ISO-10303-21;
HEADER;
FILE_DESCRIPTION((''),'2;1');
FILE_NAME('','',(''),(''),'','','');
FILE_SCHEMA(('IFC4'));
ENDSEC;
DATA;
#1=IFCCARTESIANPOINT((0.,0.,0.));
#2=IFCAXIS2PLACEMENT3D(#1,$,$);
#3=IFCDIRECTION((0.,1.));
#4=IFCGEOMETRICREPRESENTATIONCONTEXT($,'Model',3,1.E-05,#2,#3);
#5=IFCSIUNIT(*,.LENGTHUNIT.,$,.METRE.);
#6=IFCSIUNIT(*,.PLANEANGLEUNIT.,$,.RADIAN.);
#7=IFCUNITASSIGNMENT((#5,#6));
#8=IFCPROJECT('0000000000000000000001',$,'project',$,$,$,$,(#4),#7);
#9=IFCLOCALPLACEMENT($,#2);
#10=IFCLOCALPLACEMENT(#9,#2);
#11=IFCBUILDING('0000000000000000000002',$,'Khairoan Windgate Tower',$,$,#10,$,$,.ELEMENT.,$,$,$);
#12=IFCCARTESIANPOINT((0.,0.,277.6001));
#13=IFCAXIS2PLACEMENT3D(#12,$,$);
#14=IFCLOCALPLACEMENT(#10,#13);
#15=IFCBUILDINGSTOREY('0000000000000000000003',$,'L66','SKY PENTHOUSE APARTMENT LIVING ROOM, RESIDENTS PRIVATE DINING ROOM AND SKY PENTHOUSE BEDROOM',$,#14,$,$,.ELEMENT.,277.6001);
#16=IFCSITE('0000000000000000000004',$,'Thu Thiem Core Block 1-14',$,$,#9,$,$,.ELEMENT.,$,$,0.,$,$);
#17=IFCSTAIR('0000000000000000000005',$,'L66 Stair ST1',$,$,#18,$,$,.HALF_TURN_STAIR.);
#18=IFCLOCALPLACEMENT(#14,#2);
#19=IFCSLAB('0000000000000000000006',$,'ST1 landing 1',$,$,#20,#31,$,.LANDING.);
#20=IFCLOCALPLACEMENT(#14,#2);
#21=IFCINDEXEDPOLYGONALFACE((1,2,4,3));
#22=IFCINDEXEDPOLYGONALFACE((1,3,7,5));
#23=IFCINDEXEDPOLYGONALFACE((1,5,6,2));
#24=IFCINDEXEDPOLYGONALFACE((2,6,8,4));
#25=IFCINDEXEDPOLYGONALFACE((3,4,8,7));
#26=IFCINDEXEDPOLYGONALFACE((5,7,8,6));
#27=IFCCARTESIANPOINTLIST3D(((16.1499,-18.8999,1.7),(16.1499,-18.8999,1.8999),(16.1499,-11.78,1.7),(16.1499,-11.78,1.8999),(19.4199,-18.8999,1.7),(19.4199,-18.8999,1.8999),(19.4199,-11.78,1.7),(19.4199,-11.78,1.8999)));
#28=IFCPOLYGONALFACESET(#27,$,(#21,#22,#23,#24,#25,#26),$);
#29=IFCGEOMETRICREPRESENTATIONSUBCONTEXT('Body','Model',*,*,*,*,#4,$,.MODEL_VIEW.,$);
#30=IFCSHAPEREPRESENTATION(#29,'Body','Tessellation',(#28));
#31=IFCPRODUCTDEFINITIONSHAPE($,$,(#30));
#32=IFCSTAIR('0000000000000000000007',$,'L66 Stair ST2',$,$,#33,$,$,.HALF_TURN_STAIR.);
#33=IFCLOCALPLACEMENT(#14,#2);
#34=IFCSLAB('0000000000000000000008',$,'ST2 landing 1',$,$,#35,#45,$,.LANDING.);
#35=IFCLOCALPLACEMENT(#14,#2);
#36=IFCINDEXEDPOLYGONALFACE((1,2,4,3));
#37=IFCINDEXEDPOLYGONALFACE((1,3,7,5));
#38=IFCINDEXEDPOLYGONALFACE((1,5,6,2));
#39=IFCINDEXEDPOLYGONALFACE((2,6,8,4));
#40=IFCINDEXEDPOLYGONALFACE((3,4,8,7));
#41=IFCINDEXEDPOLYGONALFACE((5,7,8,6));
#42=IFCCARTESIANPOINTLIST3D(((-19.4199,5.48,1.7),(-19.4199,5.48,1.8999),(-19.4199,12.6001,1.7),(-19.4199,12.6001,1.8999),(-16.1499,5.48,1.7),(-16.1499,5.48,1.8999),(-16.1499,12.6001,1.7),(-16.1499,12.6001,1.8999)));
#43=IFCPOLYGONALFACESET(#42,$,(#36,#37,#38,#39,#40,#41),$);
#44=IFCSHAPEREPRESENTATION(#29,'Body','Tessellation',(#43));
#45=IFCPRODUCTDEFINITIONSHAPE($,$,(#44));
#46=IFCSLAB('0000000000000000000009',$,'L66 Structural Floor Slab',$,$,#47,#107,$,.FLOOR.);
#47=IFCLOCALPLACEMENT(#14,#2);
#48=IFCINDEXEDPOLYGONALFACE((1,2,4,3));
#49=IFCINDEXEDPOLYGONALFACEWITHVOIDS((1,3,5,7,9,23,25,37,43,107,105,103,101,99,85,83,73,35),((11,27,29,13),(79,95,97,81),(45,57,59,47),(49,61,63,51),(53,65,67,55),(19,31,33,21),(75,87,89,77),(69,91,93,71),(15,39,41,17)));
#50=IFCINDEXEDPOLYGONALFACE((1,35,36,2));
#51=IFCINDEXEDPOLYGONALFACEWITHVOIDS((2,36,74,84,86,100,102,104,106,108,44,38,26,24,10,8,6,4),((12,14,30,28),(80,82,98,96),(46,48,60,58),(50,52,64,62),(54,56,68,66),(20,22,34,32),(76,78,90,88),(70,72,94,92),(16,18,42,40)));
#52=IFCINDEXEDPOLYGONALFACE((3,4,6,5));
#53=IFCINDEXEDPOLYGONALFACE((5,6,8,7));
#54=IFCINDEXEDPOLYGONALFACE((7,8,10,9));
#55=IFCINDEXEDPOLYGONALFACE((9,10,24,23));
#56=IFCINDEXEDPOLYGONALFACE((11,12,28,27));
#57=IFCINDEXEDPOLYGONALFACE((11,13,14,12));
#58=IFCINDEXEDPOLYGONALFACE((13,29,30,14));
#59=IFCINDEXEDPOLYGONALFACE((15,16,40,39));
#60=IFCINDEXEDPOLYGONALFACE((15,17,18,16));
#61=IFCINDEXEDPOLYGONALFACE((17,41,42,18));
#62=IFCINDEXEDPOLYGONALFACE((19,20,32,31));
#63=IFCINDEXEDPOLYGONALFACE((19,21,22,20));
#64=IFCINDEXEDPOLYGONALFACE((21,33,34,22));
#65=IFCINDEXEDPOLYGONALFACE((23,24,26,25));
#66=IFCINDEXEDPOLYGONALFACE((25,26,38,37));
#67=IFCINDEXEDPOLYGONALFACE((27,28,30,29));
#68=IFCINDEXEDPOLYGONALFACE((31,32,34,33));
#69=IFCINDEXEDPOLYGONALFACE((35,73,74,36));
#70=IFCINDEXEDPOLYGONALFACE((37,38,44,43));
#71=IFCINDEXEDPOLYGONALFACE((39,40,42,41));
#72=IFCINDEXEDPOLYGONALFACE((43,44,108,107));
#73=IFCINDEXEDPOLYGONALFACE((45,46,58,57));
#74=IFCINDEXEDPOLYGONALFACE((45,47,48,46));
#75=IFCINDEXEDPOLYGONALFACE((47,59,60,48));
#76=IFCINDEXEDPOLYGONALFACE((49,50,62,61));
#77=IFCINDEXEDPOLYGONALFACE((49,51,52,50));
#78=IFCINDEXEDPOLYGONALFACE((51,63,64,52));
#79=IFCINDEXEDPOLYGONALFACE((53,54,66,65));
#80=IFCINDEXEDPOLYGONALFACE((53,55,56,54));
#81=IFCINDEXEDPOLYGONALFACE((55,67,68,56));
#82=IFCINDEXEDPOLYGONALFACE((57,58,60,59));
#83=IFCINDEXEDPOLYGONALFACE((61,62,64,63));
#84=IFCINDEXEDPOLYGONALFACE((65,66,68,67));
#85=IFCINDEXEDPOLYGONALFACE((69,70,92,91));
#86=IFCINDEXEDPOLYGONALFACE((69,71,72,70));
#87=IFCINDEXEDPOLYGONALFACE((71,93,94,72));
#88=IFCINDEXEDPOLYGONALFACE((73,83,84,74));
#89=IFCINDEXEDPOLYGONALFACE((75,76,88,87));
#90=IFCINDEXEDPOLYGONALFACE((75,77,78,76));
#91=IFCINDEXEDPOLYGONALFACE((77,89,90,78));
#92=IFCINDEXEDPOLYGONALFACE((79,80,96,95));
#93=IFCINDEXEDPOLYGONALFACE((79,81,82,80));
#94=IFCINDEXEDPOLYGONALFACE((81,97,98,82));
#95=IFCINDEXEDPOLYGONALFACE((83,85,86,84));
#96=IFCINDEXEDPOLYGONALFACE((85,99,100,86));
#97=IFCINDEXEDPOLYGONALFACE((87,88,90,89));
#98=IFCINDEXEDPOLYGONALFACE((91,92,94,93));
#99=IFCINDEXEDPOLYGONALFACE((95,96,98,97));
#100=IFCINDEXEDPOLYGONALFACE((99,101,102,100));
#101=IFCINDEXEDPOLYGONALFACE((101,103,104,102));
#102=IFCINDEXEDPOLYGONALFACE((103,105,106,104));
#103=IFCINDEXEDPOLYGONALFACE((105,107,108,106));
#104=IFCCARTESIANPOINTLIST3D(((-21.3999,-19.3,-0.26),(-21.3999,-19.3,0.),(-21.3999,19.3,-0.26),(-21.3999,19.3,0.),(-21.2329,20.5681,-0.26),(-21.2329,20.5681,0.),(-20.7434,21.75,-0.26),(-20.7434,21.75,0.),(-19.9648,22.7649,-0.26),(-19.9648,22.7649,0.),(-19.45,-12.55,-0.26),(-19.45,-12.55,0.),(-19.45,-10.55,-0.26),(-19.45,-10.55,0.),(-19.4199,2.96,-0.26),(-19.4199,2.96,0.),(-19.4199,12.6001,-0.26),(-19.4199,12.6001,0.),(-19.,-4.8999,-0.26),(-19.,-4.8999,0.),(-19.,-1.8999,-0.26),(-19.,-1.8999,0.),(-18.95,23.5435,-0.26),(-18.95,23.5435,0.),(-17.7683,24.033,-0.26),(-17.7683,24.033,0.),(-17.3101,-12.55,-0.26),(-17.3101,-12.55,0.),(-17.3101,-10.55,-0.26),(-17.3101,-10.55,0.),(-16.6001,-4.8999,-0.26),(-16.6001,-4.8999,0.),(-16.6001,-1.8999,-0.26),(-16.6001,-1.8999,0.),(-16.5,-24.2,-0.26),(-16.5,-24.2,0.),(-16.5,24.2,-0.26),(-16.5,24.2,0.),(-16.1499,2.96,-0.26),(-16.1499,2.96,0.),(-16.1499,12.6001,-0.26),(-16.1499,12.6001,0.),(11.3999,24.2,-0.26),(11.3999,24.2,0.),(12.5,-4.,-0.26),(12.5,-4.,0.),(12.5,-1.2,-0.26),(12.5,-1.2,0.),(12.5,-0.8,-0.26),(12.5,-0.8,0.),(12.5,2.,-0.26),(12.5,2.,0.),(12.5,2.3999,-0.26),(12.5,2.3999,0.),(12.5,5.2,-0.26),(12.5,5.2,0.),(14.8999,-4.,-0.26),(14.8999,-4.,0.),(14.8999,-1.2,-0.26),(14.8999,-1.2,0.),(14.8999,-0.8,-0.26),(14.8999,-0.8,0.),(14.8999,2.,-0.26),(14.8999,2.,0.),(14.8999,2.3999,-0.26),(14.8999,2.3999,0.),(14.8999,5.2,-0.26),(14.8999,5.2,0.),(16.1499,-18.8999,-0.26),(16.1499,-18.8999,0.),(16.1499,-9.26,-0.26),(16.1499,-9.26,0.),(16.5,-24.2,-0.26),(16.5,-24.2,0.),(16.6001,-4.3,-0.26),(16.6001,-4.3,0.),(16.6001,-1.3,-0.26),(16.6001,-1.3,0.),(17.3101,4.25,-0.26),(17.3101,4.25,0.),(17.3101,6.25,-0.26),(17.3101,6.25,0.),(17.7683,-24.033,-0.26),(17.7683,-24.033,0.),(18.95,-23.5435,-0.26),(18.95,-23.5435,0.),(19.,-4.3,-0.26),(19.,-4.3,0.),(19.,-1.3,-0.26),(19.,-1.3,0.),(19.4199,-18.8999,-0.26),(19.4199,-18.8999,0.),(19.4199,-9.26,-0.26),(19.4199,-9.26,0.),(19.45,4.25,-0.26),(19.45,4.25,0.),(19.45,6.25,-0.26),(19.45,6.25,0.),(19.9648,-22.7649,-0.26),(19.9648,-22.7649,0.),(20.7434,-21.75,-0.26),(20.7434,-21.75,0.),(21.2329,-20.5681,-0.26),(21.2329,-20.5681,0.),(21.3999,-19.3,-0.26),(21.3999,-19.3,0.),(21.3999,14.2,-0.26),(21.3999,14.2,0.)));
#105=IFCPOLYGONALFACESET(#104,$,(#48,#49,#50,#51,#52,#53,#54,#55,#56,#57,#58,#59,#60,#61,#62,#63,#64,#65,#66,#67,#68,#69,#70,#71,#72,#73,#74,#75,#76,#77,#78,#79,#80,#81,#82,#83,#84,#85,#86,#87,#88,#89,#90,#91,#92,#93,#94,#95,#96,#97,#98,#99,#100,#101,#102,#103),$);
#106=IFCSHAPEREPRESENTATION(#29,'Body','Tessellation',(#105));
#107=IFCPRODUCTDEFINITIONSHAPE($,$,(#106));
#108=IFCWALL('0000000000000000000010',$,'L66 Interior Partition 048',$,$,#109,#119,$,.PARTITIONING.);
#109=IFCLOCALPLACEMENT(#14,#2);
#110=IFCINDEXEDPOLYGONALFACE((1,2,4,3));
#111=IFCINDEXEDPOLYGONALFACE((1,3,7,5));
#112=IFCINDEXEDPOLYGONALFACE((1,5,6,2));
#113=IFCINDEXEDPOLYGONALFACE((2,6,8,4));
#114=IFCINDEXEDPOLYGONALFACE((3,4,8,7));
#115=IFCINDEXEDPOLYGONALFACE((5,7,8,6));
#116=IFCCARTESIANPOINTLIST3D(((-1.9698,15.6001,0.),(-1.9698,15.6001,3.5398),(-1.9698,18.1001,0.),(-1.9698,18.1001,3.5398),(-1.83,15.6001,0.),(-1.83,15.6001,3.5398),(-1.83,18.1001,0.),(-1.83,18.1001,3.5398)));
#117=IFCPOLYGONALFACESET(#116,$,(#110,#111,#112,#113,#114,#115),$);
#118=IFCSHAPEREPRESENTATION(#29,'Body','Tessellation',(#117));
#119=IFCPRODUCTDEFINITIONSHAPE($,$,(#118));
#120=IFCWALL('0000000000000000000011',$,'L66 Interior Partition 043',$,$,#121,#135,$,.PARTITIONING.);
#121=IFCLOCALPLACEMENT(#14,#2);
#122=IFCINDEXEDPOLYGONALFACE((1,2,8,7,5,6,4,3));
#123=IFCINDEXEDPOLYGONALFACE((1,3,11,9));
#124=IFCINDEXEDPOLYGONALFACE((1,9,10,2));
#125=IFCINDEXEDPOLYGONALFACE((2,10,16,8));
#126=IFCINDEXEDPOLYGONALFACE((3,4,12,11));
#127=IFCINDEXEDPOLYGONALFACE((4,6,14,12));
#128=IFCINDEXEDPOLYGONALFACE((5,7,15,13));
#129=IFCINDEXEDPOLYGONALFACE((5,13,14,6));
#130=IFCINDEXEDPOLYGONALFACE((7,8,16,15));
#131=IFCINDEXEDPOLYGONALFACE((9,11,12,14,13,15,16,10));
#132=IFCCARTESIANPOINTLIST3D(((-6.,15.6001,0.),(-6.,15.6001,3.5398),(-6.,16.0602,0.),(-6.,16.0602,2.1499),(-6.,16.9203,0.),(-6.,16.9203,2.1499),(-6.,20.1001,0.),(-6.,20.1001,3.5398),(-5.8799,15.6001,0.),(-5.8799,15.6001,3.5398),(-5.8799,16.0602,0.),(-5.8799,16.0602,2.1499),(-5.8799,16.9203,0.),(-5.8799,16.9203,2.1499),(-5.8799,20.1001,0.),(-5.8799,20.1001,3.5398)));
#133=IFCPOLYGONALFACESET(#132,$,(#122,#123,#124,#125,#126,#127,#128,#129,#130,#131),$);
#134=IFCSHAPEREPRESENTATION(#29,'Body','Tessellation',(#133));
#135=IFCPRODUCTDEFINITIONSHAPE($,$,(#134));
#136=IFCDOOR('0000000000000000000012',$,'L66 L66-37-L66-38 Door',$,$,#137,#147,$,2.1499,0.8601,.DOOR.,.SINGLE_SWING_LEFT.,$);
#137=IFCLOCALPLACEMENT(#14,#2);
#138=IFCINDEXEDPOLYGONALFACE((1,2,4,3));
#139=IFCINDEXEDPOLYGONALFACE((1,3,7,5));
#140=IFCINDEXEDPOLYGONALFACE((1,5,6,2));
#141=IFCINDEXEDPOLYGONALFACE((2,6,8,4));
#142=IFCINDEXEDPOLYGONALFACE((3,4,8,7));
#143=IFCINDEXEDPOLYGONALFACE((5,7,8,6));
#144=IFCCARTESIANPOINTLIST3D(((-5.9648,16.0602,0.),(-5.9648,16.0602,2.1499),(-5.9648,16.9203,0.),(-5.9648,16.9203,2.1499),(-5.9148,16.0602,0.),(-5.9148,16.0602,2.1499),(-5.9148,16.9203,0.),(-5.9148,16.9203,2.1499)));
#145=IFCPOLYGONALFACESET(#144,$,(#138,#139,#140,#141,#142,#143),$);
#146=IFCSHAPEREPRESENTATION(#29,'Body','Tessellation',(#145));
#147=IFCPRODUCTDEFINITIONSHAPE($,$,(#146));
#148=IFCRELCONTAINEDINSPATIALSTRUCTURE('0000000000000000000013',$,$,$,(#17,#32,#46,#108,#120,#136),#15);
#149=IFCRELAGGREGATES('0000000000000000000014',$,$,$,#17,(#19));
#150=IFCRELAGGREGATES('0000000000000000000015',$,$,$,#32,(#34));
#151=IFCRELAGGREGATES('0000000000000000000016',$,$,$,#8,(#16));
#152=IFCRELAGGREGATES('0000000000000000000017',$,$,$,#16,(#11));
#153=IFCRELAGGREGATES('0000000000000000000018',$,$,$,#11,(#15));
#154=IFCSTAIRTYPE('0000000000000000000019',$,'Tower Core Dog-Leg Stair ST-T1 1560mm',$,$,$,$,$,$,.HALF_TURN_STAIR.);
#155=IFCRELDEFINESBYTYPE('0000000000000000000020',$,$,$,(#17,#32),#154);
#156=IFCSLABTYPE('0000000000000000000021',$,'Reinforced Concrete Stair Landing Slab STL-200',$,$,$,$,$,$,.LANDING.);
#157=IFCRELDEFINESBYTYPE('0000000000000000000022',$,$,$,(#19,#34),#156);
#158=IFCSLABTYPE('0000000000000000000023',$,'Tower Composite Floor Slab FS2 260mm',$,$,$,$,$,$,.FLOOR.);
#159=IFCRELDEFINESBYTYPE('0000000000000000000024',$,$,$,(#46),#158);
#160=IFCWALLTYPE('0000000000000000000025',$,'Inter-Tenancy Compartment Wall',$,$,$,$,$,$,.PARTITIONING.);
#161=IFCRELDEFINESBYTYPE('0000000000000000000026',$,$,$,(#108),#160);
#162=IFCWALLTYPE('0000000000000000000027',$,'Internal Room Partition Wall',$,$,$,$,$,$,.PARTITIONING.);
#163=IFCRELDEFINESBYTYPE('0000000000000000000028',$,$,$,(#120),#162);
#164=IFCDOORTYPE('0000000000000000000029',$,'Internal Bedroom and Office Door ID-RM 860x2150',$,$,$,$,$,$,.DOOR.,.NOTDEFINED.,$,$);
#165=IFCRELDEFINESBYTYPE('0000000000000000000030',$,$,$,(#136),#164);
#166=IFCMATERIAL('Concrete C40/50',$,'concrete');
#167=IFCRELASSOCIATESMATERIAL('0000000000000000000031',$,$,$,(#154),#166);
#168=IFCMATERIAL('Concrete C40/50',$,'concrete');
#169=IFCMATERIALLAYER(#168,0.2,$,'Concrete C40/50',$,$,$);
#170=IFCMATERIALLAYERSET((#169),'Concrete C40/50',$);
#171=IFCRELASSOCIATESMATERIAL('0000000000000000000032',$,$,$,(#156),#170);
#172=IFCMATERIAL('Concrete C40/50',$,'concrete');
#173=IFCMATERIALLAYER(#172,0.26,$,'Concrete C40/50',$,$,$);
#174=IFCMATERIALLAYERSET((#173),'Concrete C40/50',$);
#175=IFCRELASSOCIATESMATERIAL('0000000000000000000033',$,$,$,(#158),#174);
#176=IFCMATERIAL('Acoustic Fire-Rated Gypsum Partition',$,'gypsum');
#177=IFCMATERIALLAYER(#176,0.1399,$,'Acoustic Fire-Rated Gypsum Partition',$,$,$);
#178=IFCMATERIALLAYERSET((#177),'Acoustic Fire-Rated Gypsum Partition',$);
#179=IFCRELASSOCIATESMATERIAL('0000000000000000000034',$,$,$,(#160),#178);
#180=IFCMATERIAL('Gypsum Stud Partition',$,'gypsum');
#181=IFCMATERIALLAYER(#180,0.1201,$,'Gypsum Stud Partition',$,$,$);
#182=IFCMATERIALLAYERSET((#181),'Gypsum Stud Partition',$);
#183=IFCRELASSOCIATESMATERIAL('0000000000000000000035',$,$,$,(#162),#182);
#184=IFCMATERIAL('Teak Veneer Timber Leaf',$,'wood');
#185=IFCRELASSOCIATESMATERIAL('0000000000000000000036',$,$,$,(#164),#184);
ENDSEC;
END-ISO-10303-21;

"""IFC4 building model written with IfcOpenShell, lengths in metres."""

from ifc_helpers import new_model, si_unit, direction, frame, frame_2d, origin, place, context, subcontext, project, spatial, polyline, rectangle, outline, extrude, material, layer, layer_set, type_object, element, fill, aggregate, save


model = new_model("IFC4")

# Units and contexts
model_context = context("Model", 3, precision=1e-05, world=origin(), true_north=direction((0.0, 1.0)))
body_context = subcontext(model_context, "Body", "Model", "MODEL_VIEW")
ifc_project = project(units=[si_unit("LENGTHUNIT", "METRE"), si_unit("PLANEANGLEUNIT", "RADIAN")], contexts=[model_context])

# Site, building, storey
site_placement = place(None, origin())
site = spatial("IfcSite", under=ifc_project, at=site_placement, Name="Thu Thiem Core Block 1-14", CompositionType="ELEMENT", RefElevation=0.0)
building_placement = place(site_placement, origin())
building = spatial("IfcBuilding", under=site, at=building_placement, Name="Khairoan Windgate Tower", CompositionType="ELEMENT")
storey_placement = place(building_placement, frame((0.0, 0.0, 277.6001)))
storey = spatial("IfcBuildingStorey", under=building, at=storey_placement, Name="L66", Description="SKY PENTHOUSE APARTMENT LIVING ROOM, RESIDENTS PRIVATE DINING ROOM AND SKY PENTHOUSE BEDROOM", CompositionType="ELEMENT", Elevation=277.6001)

# Stairs, slabs
ifc_material_1 = material(Name="Concrete C40/50", Category="concrete")
stair_type = type_object("IfcStairType", Name="Tower Core Dog-Leg Stair ST-T1 1560mm", PredefinedType="HALF_TURN_STAIR", material=ifc_material_1)
stair_1_placement = place(storey_placement, origin())
stair_1 = element("IfcStair", 1, at=stair_1_placement, inside=storey, type_object=stair_type, Name="L66 Stair ST1", PredefinedType="HALF_TURN_STAIR")
ifc_material_2 = material(Name="Concrete C40/50", Category="concrete")
ifc_layer_1 = layer(ifc_material_2, 0.2, Name="Concrete C40/50")
ifc_layer_set_1 = layer_set([ifc_layer_1], Name="Concrete C40/50")
slab_type_1 = type_object("IfcSlabType", Name="Reinforced Concrete Stair Landing Slab STL-200", PredefinedType="LANDING", material=ifc_layer_set_1)
slab_1_placement = place(storey_placement, frame((0.0, 0.0, 1.7)))
slab_1 = element("IfcSlab", 2, at=slab_1_placement, type_object=slab_type_1, Name="ST1 landing 1", PredefinedType="LANDING", context=body_context, shape_type="SweptSolid", body=[
    extrude(outline(polyline([(16.1499, -11.78), (16.1499, -18.8999), (19.4199, -18.8999), (19.4199, -11.78), (16.1499, -11.78)])), origin(), (0.0, 0.0, 1.0), 0.2),
])
aggregate(stair_1, [slab_1])
stair_2_placement = place(storey_placement, origin())
stair_2 = element("IfcStair", 3, at=stair_2_placement, inside=storey, type_object=stair_type, Name="L66 Stair ST2", PredefinedType="HALF_TURN_STAIR")
slab_2_placement = place(storey_placement, frame((0.0, 0.0, 1.7)))
slab_2 = element("IfcSlab", 4, at=slab_2_placement, type_object=slab_type_1, Name="ST2 landing 1", PredefinedType="LANDING", context=body_context, shape_type="SweptSolid", body=[
    extrude(outline(polyline([(-16.1499, 5.48), (-16.1499, 12.6001), (-19.4199, 12.6001), (-19.4199, 5.48), (-16.1499, 5.48)])), origin(), (0.0, 0.0, 1.0), 0.2),
])
aggregate(stair_2, [slab_2])

# Slab
ifc_material_3 = material(Name="Concrete C40/50", Category="concrete")
ifc_layer_2 = layer(ifc_material_3, 0.26, Name="Concrete C40/50")
ifc_layer_set_2 = layer_set([ifc_layer_2], Name="Concrete C40/50")
slab_type_2 = type_object("IfcSlabType", Name="Tower Composite Floor Slab FS2 260mm", PredefinedType="FLOOR", material=ifc_layer_set_2)
slab_3_placement = place(storey_placement, frame((0.0, 0.0, -0.26)))
element("IfcSlab", 5, at=slab_3_placement, inside=storey, type_object=slab_type_2, Name="L66 Structural Floor Slab", PredefinedType="FLOOR", context=body_context, shape_type="SweptSolid", body=[
    extrude(outline(polyline([(16.5, -24.2), (17.7683, -24.033), (18.95, -23.5435), (19.9648, -22.7649), (20.7434, -21.75), (21.2329, -20.5681), (21.3999, -19.3), (21.3999, 14.2), (11.3999, 24.2), (-16.5, 24.2), (-17.7683, 24.033), (-18.95, 23.5435), (-19.9648, 22.7649), (-20.7434, 21.75), (-21.2329, 20.5681), (-21.3999, 19.3), (-21.3999, -19.3), (-16.5, -24.2), (16.5, -24.2)]), holes=[polyline([(16.1499, -9.26), (16.1499, -18.8999), (19.4199, -18.8999), (19.4199, -9.26), (16.1499, -9.26)]), polyline([(-16.1499, 2.96), (-16.1499, 12.6001), (-19.4199, 12.6001), (-19.4199, 2.96), (-16.1499, 2.96)]), polyline([(12.5, 2.3999), (14.8999, 2.3999), (14.8999, 5.2), (12.5, 5.2), (12.5, 2.3999)]), polyline([(12.5, -0.8), (14.8999, -0.8), (14.8999, 2.0), (12.5, 2.0), (12.5, -0.8)]), polyline([(12.5, -4.0), (14.8999, -4.0), (14.8999, -1.2), (12.5, -1.2), (12.5, -4.0)]), polyline([(16.6001, -4.3), (19.0, -4.3), (19.0, -1.3), (16.6001, -1.3), (16.6001, -4.3)]), polyline([(-19.0, -4.8999), (-16.6001, -4.8999), (-16.6001, -1.8999), (-19.0, -1.8999), (-19.0, -4.8999)]), polyline([(-19.45, -12.55), (-17.3101, -12.55), (-17.3101, -10.55), (-19.45, -10.55), (-19.45, -12.55)]), polyline([(17.3101, 4.25), (19.45, 4.25), (19.45, 6.25), (17.3101, 6.25), (17.3101, 4.25)])]), origin(), (0.0, 0.0, 1.0), 0.26),
])

# Wall
ifc_material_4 = material(Name="Acoustic Fire-Rated Gypsum Partition", Category="gypsum")
ifc_layer_3 = layer(ifc_material_4, 0.1399, Name="Acoustic Fire-Rated Gypsum Partition")
ifc_layer_set_3 = layer_set([ifc_layer_3], Name="Acoustic Fire-Rated Gypsum Partition")
wall_type_1 = type_object("IfcWallType", Name="Inter-Tenancy Compartment Wall", PredefinedType="PARTITIONING", material=ifc_layer_set_3)
wall_1_placement = place(storey_placement, frame((-1.8999, 15.6001, 0.0), z_axis=(0.0, 0.0, 1.0), x_axis=(0.0, 1.0, 0.0)))
element("IfcWall", 6, at=wall_1_placement, inside=storey, type_object=wall_type_1, Name="L66 Interior Partition 048", PredefinedType="PARTITIONING", context=body_context, shape_type="SweptSolid", body=[
    extrude(rectangle(XDim=2.5, YDim=0.1399, at=frame_2d((1.25, 0.0))), origin(), (0.0, 0.0, 1.0), 3.5398),
])

# Wall, opening, door
ifc_material_5 = material(Name="Gypsum Stud Partition", Category="gypsum")
ifc_layer_4 = layer(ifc_material_5, 0.1201, Name="Gypsum Stud Partition")
ifc_layer_set_4 = layer_set([ifc_layer_4], Name="Gypsum Stud Partition")
wall_type_2 = type_object("IfcWallType", Name="Internal Room Partition Wall", PredefinedType="PARTITIONING", material=ifc_layer_set_4)
wall_2_placement = place(storey_placement, frame((-5.9399, 15.6001, 0.0), z_axis=(0.0, 0.0, 1.0), x_axis=(0.0, 1.0, 0.0)))
wall_2 = element("IfcWall", 7, at=wall_2_placement, inside=storey, type_object=wall_type_2, Name="L66 Interior Partition 043", PredefinedType="PARTITIONING", context=body_context, shape_type="SweptSolid", body=[
    extrude(rectangle(XDim=4.5, YDim=0.1201, at=frame_2d((2.25, 0.0))), origin(), (0.0, 0.0, 1.0), 3.5398),
])
opening_1_placement = place(wall_2_placement, frame((0.46, 0.0, 0.0)))
opening_1 = element("IfcOpeningElement", 8, at=opening_1_placement, cuts=wall_2, PredefinedType="OPENING", context=body_context, shape_type="SweptSolid", body=[
    extrude(rectangle(XDim=0.8601, YDim=2.1499, at=frame_2d((0.4302, 1.075))), frame((0.0, 0.0701, 0.0), z_axis=(0.0, -1.0, 0.0), x_axis=(1.0, 0.0, 0.0)), (0.0, 0.0, 1.0), 0.1401),
])
ifc_material_6 = material(Name="Teak Veneer Timber Leaf", Category="wood")
door_type_1 = type_object("IfcDoorType", Name="Internal Bedroom and Office Door ID-RM 860x2150", OperationType="NOTDEFINED", PredefinedType="DOOR", material=ifc_material_6)
door_1_placement = place(opening_1_placement, origin())
door_1 = element("IfcDoor", 9, at=door_1_placement, inside=storey, type_object=door_type_1, Name="L66 L66-37-L66-38 Door", OperationType="SINGLE_SWING_LEFT", OverallHeight=2.1499, OverallWidth=0.8601, PredefinedType="DOOR", context=body_context, shape_type="SweptSolid", body=[
    extrude(rectangle(XDim=0.8601, YDim=2.1499, at=frame_2d((0.4302, 1.075))), frame((0.0, 0.0249, 0.0), z_axis=(0.0, -1.0, 0.0), x_axis=(1.0, 0.0, 0.0)), (0.0, 0.0, 1.0), 0.05),
])
fill(opening_1, door_1)

save(model, "model.ifc")
